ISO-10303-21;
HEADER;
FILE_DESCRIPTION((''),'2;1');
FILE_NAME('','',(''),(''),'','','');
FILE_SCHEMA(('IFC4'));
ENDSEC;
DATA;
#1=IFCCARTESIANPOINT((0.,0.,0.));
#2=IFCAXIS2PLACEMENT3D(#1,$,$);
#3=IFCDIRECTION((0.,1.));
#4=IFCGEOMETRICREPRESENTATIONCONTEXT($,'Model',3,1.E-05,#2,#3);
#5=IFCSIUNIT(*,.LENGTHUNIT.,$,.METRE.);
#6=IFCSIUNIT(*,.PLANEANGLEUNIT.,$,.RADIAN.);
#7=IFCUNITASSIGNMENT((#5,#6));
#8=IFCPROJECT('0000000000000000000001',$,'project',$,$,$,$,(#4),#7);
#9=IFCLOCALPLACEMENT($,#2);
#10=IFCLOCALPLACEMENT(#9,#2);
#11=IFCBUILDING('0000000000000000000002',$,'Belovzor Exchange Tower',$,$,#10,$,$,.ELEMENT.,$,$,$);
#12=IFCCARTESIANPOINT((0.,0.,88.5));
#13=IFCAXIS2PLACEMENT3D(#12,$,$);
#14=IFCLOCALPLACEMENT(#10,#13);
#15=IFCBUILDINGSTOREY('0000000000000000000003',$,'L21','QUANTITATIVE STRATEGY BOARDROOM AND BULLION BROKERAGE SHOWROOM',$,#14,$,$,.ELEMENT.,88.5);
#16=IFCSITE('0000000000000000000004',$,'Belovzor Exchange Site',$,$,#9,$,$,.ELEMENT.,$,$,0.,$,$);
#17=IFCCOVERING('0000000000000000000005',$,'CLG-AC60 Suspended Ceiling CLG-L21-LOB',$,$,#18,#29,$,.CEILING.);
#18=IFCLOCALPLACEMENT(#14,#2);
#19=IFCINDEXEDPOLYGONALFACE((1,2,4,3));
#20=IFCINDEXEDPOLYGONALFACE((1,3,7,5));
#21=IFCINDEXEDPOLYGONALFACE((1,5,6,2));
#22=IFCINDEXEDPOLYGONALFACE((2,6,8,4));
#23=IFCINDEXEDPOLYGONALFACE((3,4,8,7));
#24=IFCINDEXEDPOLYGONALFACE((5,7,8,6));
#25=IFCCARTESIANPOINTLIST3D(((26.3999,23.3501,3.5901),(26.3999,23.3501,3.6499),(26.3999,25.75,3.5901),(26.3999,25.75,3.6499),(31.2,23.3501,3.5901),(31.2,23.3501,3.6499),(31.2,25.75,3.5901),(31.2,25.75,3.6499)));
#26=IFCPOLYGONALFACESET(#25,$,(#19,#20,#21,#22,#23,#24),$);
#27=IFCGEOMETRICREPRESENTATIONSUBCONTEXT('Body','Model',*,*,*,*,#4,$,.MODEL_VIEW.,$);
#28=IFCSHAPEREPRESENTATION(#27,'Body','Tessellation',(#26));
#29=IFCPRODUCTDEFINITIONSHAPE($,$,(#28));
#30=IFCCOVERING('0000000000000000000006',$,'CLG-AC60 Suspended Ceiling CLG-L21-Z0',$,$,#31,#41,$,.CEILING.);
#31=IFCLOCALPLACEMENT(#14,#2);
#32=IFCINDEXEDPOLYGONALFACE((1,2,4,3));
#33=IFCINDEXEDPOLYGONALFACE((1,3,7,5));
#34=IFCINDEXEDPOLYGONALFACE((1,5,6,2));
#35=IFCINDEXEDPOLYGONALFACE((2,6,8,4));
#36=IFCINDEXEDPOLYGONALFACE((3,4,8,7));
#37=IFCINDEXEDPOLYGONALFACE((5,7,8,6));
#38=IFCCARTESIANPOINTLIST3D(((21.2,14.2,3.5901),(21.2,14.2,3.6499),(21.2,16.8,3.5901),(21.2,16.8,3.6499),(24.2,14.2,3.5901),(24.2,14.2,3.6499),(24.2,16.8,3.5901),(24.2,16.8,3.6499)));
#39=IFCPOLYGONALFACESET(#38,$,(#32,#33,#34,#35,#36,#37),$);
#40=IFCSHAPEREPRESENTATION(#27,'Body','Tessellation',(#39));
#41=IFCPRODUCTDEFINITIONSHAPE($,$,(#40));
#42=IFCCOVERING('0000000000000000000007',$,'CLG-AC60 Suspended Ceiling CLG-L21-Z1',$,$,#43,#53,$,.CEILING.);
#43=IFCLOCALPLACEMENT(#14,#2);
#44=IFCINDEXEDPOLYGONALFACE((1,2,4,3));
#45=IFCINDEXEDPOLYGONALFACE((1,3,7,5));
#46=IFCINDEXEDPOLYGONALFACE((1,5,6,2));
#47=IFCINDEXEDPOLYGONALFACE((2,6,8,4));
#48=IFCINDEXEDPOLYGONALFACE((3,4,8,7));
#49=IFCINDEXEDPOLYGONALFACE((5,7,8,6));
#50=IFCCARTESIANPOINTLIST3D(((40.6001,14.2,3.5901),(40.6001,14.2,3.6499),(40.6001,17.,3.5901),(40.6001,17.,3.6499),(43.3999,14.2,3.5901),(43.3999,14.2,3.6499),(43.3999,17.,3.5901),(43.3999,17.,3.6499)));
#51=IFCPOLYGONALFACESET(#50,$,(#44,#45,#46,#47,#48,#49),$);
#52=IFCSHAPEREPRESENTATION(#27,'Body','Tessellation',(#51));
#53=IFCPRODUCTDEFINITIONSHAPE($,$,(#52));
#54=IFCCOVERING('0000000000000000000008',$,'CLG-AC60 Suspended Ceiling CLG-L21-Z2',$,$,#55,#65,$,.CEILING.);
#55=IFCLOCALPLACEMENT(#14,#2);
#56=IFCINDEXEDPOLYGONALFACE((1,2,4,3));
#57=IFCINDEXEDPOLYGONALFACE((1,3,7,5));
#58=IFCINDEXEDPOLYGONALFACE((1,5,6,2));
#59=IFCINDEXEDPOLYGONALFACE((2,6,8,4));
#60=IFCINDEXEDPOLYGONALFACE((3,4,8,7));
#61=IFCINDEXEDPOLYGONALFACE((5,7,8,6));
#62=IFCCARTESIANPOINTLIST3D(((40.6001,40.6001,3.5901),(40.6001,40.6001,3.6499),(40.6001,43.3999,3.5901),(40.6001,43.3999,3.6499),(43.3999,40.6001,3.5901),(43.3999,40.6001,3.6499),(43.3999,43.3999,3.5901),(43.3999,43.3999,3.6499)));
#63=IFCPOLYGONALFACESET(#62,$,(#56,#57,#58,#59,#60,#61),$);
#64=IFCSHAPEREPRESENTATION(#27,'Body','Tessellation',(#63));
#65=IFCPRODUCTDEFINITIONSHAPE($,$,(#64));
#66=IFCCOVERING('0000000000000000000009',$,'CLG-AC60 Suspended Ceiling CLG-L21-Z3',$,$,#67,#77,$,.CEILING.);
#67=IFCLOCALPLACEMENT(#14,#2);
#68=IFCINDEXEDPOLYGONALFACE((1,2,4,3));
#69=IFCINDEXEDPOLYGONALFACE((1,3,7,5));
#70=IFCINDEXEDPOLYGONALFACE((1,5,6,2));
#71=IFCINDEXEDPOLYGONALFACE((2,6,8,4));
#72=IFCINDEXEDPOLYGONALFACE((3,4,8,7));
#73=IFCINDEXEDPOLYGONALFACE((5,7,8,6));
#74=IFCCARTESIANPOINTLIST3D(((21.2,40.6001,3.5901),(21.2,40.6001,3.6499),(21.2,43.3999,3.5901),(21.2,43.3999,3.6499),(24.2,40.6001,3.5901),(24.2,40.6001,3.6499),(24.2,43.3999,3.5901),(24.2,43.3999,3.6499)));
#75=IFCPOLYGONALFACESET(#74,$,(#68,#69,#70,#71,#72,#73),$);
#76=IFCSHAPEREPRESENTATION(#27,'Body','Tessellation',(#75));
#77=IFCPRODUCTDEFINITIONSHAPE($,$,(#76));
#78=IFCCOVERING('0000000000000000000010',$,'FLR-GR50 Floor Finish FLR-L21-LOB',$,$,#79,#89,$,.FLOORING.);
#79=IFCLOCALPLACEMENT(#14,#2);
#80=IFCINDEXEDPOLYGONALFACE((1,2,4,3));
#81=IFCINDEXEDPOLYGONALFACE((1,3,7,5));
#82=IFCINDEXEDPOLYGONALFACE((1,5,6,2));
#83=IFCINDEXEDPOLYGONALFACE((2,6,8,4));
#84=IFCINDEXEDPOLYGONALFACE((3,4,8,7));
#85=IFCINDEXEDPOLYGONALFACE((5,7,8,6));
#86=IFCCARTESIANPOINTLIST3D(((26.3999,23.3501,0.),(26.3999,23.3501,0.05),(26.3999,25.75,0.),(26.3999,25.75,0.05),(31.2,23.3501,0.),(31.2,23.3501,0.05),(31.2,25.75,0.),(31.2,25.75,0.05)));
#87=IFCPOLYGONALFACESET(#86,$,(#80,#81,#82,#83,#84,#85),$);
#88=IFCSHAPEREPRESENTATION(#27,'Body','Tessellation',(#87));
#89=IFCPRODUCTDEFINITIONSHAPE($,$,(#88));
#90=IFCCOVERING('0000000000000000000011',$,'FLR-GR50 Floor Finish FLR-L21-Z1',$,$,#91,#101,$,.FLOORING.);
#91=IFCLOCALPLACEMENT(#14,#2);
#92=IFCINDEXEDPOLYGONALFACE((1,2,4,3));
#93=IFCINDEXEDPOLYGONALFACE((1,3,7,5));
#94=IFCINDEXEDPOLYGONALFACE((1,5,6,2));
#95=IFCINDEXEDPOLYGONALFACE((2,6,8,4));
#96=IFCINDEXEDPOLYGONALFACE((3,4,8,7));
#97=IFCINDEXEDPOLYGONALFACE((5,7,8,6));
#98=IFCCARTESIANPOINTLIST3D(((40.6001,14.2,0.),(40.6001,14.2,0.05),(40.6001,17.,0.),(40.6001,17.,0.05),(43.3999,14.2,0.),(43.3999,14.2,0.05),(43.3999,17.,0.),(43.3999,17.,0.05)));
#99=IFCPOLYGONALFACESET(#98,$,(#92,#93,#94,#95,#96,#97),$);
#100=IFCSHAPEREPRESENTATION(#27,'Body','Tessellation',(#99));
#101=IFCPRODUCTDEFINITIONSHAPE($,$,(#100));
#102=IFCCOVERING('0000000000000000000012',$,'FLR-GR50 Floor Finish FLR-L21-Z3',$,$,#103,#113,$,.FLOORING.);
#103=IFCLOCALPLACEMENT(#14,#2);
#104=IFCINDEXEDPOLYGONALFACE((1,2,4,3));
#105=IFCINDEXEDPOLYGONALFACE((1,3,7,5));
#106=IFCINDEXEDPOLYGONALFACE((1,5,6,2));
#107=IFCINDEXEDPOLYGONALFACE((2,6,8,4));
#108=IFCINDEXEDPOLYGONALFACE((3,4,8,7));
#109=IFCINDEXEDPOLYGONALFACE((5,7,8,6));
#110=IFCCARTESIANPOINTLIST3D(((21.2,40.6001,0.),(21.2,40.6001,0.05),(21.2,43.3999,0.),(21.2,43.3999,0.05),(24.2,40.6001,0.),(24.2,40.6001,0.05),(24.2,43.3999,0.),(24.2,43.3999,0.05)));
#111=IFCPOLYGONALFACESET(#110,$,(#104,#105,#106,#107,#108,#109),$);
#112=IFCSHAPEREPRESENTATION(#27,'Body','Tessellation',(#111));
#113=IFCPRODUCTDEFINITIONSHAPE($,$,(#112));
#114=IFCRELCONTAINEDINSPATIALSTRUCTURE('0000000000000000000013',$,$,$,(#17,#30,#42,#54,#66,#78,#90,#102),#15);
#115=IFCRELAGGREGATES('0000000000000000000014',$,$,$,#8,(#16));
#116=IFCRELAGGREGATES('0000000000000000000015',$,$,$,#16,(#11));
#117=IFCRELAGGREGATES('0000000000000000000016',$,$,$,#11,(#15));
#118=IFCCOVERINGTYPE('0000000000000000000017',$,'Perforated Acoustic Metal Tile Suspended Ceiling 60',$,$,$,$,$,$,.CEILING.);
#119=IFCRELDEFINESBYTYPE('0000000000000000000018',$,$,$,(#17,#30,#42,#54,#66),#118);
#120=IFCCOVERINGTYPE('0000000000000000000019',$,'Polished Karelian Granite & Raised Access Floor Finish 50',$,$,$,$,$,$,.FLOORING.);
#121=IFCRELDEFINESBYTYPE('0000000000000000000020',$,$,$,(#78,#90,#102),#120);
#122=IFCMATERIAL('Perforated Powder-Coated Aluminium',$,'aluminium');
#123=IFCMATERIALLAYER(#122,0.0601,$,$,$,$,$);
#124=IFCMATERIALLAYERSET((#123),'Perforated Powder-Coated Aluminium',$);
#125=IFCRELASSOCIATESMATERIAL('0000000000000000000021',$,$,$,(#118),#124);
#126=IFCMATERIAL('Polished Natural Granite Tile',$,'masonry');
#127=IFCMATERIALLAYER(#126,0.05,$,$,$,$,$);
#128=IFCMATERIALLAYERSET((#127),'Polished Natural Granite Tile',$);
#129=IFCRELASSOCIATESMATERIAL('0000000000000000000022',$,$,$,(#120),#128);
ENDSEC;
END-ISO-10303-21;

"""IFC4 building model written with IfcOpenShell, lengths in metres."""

from ifc_helpers import new_model, si_unit, direction, frame, origin, place, context, subcontext, project, spatial, polyline, outline, extrude, material, layer, layer_set, type_object, element, save


model = new_model("IFC4")

# Units and contexts
model_context = context("Model", 3, precision=1e-05, world=origin(), true_north=direction((0.0, 1.0)))
body_context = subcontext(model_context, "Body", "Model", "MODEL_VIEW")
ifc_project = project(units=[si_unit("LENGTHUNIT", "METRE"), si_unit("PLANEANGLEUNIT", "RADIAN")], contexts=[model_context])

# Site, building, storey
site_placement = place(None, origin())
site = spatial("IfcSite", under=ifc_project, at=site_placement, Name="Belovzor Exchange Site", CompositionType="ELEMENT", RefElevation=0.0)
building_placement = place(site_placement, origin())
building = spatial("IfcBuilding", under=site, at=building_placement, Name="Belovzor Exchange Tower", CompositionType="ELEMENT")
storey_placement = place(building_placement, frame((0.0, 0.0, 88.5)))
storey = spatial("IfcBuildingStorey", under=building, at=storey_placement, Name="L21", Description="QUANTITATIVE STRATEGY BOARDROOM AND BULLION BROKERAGE SHOWROOM", CompositionType="ELEMENT", Elevation=88.5)

# Coverings
ifc_material_1 = material(Name="Perforated Powder-Coated Aluminium", Category="aluminium")
ifc_layer_1 = layer(ifc_material_1, 0.0601)
ifc_layer_set_1 = layer_set([ifc_layer_1], Name="Perforated Powder-Coated Aluminium")
covering_type_1 = type_object("IfcCoveringType", Name="Perforated Acoustic Metal Tile Suspended Ceiling 60", PredefinedType="CEILING", material=ifc_layer_set_1)
covering_1_placement = place(storey_placement, frame((0.0, 0.0, 3.5901)))
element("IfcCovering", 1, at=covering_1_placement, inside=storey, type_object=covering_type_1, Name="CLG-AC60 Suspended Ceiling CLG-L21-LOB", PredefinedType="CEILING", context=body_context, shape_type="SweptSolid", body=[
    extrude(outline(polyline([(26.3999, 23.3501), (31.2, 23.3501), (31.2, 25.75), (26.3999, 25.75), (26.3999, 23.3501)])), origin(), (0.0, 0.0, 1.0), 0.0598),
])
covering_2_placement = place(storey_placement, frame((0.0, 0.0, 3.5901)))
element("IfcCovering", 2, at=covering_2_placement, inside=storey, type_object=covering_type_1, Name="CLG-AC60 Suspended Ceiling CLG-L21-Z0", PredefinedType="CEILING", context=body_context, shape_type="SweptSolid", body=[
    extrude(outline(polyline([(21.2, 14.2), (24.2, 14.2), (24.2, 16.8), (21.2, 16.8), (21.2, 14.2)])), origin(), (0.0, 0.0, 1.0), 0.0598),
])
covering_3_placement = place(storey_placement, frame((0.0, 0.0, 3.5901)))
element("IfcCovering", 3, at=covering_3_placement, inside=storey, type_object=covering_type_1, Name="CLG-AC60 Suspended Ceiling CLG-L21-Z1", PredefinedType="CEILING", context=body_context, shape_type="SweptSolid", body=[
    extrude(outline(polyline([(40.6001, 14.2), (43.3999, 14.2), (43.3999, 17.0), (40.6001, 17.0), (40.6001, 14.2)])), origin(), (0.0, 0.0, 1.0), 0.0598),
])
covering_4_placement = place(storey_placement, frame((0.0, 0.0, 3.5901)))
element("IfcCovering", 4, at=covering_4_placement, inside=storey, type_object=covering_type_1, Name="CLG-AC60 Suspended Ceiling CLG-L21-Z2", PredefinedType="CEILING", context=body_context, shape_type="SweptSolid", body=[
    extrude(outline(polyline([(40.6001, 40.6001), (43.3999, 40.6001), (43.3999, 43.3999), (40.6001, 43.3999), (40.6001, 40.6001)])), origin(), (0.0, 0.0, 1.0), 0.0598),
])
covering_5_placement = place(storey_placement, frame((0.0, 0.0, 3.5901)))
element("IfcCovering", 5, at=covering_5_placement, inside=storey, type_object=covering_type_1, Name="CLG-AC60 Suspended Ceiling CLG-L21-Z3", PredefinedType="CEILING", context=body_context, shape_type="SweptSolid", body=[
    extrude(outline(polyline([(21.2, 40.6001), (24.2, 40.6001), (24.2, 43.3999), (21.2, 43.3999), (21.2, 40.6001)])), origin(), (0.0, 0.0, 1.0), 0.0598),
])
ifc_material_2 = material(Name="Polished Natural Granite Tile", Category="masonry")
ifc_layer_2 = layer(ifc_material_2, 0.05)
ifc_layer_set_2 = layer_set([ifc_layer_2], Name="Polished Natural Granite Tile")
covering_type_2 = type_object("IfcCoveringType", Name="Polished Karelian Granite & Raised Access Floor Finish 50", PredefinedType="FLOORING", material=ifc_layer_set_2)
covering_6_placement = place(storey_placement, origin())
element("IfcCovering", 6, at=covering_6_placement, inside=storey, type_object=covering_type_2, Name="FLR-GR50 Floor Finish FLR-L21-LOB", PredefinedType="FLOORING", context=body_context, shape_type="SweptSolid", body=[
    extrude(outline(polyline([(26.3999, 23.3501), (31.2, 23.3501), (31.2, 25.75), (26.3999, 25.75), (26.3999, 23.3501)])), origin(), (0.0, 0.0, 1.0), 0.05),
])
covering_7_placement = place(storey_placement, origin())
element("IfcCovering", 7, at=covering_7_placement, inside=storey, type_object=covering_type_2, Name="FLR-GR50 Floor Finish FLR-L21-Z1", PredefinedType="FLOORING", context=body_context, shape_type="SweptSolid", body=[
    extrude(outline(polyline([(40.6001, 14.2), (43.3999, 14.2), (43.3999, 17.0), (40.6001, 17.0), (40.6001, 14.2)])), origin(), (0.0, 0.0, 1.0), 0.05),
])
covering_8_placement = place(storey_placement, origin())
element("IfcCovering", 8, at=covering_8_placement, inside=storey, type_object=covering_type_2, Name="FLR-GR50 Floor Finish FLR-L21-Z3", PredefinedType="FLOORING", context=body_context, shape_type="SweptSolid", body=[
    extrude(outline(polyline([(21.2, 40.6001), (24.2, 40.6001), (24.2, 43.3999), (21.2, 43.3999), (21.2, 40.6001)])), origin(), (0.0, 0.0, 1.0), 0.05),
])

save(model, "model.ifc")
